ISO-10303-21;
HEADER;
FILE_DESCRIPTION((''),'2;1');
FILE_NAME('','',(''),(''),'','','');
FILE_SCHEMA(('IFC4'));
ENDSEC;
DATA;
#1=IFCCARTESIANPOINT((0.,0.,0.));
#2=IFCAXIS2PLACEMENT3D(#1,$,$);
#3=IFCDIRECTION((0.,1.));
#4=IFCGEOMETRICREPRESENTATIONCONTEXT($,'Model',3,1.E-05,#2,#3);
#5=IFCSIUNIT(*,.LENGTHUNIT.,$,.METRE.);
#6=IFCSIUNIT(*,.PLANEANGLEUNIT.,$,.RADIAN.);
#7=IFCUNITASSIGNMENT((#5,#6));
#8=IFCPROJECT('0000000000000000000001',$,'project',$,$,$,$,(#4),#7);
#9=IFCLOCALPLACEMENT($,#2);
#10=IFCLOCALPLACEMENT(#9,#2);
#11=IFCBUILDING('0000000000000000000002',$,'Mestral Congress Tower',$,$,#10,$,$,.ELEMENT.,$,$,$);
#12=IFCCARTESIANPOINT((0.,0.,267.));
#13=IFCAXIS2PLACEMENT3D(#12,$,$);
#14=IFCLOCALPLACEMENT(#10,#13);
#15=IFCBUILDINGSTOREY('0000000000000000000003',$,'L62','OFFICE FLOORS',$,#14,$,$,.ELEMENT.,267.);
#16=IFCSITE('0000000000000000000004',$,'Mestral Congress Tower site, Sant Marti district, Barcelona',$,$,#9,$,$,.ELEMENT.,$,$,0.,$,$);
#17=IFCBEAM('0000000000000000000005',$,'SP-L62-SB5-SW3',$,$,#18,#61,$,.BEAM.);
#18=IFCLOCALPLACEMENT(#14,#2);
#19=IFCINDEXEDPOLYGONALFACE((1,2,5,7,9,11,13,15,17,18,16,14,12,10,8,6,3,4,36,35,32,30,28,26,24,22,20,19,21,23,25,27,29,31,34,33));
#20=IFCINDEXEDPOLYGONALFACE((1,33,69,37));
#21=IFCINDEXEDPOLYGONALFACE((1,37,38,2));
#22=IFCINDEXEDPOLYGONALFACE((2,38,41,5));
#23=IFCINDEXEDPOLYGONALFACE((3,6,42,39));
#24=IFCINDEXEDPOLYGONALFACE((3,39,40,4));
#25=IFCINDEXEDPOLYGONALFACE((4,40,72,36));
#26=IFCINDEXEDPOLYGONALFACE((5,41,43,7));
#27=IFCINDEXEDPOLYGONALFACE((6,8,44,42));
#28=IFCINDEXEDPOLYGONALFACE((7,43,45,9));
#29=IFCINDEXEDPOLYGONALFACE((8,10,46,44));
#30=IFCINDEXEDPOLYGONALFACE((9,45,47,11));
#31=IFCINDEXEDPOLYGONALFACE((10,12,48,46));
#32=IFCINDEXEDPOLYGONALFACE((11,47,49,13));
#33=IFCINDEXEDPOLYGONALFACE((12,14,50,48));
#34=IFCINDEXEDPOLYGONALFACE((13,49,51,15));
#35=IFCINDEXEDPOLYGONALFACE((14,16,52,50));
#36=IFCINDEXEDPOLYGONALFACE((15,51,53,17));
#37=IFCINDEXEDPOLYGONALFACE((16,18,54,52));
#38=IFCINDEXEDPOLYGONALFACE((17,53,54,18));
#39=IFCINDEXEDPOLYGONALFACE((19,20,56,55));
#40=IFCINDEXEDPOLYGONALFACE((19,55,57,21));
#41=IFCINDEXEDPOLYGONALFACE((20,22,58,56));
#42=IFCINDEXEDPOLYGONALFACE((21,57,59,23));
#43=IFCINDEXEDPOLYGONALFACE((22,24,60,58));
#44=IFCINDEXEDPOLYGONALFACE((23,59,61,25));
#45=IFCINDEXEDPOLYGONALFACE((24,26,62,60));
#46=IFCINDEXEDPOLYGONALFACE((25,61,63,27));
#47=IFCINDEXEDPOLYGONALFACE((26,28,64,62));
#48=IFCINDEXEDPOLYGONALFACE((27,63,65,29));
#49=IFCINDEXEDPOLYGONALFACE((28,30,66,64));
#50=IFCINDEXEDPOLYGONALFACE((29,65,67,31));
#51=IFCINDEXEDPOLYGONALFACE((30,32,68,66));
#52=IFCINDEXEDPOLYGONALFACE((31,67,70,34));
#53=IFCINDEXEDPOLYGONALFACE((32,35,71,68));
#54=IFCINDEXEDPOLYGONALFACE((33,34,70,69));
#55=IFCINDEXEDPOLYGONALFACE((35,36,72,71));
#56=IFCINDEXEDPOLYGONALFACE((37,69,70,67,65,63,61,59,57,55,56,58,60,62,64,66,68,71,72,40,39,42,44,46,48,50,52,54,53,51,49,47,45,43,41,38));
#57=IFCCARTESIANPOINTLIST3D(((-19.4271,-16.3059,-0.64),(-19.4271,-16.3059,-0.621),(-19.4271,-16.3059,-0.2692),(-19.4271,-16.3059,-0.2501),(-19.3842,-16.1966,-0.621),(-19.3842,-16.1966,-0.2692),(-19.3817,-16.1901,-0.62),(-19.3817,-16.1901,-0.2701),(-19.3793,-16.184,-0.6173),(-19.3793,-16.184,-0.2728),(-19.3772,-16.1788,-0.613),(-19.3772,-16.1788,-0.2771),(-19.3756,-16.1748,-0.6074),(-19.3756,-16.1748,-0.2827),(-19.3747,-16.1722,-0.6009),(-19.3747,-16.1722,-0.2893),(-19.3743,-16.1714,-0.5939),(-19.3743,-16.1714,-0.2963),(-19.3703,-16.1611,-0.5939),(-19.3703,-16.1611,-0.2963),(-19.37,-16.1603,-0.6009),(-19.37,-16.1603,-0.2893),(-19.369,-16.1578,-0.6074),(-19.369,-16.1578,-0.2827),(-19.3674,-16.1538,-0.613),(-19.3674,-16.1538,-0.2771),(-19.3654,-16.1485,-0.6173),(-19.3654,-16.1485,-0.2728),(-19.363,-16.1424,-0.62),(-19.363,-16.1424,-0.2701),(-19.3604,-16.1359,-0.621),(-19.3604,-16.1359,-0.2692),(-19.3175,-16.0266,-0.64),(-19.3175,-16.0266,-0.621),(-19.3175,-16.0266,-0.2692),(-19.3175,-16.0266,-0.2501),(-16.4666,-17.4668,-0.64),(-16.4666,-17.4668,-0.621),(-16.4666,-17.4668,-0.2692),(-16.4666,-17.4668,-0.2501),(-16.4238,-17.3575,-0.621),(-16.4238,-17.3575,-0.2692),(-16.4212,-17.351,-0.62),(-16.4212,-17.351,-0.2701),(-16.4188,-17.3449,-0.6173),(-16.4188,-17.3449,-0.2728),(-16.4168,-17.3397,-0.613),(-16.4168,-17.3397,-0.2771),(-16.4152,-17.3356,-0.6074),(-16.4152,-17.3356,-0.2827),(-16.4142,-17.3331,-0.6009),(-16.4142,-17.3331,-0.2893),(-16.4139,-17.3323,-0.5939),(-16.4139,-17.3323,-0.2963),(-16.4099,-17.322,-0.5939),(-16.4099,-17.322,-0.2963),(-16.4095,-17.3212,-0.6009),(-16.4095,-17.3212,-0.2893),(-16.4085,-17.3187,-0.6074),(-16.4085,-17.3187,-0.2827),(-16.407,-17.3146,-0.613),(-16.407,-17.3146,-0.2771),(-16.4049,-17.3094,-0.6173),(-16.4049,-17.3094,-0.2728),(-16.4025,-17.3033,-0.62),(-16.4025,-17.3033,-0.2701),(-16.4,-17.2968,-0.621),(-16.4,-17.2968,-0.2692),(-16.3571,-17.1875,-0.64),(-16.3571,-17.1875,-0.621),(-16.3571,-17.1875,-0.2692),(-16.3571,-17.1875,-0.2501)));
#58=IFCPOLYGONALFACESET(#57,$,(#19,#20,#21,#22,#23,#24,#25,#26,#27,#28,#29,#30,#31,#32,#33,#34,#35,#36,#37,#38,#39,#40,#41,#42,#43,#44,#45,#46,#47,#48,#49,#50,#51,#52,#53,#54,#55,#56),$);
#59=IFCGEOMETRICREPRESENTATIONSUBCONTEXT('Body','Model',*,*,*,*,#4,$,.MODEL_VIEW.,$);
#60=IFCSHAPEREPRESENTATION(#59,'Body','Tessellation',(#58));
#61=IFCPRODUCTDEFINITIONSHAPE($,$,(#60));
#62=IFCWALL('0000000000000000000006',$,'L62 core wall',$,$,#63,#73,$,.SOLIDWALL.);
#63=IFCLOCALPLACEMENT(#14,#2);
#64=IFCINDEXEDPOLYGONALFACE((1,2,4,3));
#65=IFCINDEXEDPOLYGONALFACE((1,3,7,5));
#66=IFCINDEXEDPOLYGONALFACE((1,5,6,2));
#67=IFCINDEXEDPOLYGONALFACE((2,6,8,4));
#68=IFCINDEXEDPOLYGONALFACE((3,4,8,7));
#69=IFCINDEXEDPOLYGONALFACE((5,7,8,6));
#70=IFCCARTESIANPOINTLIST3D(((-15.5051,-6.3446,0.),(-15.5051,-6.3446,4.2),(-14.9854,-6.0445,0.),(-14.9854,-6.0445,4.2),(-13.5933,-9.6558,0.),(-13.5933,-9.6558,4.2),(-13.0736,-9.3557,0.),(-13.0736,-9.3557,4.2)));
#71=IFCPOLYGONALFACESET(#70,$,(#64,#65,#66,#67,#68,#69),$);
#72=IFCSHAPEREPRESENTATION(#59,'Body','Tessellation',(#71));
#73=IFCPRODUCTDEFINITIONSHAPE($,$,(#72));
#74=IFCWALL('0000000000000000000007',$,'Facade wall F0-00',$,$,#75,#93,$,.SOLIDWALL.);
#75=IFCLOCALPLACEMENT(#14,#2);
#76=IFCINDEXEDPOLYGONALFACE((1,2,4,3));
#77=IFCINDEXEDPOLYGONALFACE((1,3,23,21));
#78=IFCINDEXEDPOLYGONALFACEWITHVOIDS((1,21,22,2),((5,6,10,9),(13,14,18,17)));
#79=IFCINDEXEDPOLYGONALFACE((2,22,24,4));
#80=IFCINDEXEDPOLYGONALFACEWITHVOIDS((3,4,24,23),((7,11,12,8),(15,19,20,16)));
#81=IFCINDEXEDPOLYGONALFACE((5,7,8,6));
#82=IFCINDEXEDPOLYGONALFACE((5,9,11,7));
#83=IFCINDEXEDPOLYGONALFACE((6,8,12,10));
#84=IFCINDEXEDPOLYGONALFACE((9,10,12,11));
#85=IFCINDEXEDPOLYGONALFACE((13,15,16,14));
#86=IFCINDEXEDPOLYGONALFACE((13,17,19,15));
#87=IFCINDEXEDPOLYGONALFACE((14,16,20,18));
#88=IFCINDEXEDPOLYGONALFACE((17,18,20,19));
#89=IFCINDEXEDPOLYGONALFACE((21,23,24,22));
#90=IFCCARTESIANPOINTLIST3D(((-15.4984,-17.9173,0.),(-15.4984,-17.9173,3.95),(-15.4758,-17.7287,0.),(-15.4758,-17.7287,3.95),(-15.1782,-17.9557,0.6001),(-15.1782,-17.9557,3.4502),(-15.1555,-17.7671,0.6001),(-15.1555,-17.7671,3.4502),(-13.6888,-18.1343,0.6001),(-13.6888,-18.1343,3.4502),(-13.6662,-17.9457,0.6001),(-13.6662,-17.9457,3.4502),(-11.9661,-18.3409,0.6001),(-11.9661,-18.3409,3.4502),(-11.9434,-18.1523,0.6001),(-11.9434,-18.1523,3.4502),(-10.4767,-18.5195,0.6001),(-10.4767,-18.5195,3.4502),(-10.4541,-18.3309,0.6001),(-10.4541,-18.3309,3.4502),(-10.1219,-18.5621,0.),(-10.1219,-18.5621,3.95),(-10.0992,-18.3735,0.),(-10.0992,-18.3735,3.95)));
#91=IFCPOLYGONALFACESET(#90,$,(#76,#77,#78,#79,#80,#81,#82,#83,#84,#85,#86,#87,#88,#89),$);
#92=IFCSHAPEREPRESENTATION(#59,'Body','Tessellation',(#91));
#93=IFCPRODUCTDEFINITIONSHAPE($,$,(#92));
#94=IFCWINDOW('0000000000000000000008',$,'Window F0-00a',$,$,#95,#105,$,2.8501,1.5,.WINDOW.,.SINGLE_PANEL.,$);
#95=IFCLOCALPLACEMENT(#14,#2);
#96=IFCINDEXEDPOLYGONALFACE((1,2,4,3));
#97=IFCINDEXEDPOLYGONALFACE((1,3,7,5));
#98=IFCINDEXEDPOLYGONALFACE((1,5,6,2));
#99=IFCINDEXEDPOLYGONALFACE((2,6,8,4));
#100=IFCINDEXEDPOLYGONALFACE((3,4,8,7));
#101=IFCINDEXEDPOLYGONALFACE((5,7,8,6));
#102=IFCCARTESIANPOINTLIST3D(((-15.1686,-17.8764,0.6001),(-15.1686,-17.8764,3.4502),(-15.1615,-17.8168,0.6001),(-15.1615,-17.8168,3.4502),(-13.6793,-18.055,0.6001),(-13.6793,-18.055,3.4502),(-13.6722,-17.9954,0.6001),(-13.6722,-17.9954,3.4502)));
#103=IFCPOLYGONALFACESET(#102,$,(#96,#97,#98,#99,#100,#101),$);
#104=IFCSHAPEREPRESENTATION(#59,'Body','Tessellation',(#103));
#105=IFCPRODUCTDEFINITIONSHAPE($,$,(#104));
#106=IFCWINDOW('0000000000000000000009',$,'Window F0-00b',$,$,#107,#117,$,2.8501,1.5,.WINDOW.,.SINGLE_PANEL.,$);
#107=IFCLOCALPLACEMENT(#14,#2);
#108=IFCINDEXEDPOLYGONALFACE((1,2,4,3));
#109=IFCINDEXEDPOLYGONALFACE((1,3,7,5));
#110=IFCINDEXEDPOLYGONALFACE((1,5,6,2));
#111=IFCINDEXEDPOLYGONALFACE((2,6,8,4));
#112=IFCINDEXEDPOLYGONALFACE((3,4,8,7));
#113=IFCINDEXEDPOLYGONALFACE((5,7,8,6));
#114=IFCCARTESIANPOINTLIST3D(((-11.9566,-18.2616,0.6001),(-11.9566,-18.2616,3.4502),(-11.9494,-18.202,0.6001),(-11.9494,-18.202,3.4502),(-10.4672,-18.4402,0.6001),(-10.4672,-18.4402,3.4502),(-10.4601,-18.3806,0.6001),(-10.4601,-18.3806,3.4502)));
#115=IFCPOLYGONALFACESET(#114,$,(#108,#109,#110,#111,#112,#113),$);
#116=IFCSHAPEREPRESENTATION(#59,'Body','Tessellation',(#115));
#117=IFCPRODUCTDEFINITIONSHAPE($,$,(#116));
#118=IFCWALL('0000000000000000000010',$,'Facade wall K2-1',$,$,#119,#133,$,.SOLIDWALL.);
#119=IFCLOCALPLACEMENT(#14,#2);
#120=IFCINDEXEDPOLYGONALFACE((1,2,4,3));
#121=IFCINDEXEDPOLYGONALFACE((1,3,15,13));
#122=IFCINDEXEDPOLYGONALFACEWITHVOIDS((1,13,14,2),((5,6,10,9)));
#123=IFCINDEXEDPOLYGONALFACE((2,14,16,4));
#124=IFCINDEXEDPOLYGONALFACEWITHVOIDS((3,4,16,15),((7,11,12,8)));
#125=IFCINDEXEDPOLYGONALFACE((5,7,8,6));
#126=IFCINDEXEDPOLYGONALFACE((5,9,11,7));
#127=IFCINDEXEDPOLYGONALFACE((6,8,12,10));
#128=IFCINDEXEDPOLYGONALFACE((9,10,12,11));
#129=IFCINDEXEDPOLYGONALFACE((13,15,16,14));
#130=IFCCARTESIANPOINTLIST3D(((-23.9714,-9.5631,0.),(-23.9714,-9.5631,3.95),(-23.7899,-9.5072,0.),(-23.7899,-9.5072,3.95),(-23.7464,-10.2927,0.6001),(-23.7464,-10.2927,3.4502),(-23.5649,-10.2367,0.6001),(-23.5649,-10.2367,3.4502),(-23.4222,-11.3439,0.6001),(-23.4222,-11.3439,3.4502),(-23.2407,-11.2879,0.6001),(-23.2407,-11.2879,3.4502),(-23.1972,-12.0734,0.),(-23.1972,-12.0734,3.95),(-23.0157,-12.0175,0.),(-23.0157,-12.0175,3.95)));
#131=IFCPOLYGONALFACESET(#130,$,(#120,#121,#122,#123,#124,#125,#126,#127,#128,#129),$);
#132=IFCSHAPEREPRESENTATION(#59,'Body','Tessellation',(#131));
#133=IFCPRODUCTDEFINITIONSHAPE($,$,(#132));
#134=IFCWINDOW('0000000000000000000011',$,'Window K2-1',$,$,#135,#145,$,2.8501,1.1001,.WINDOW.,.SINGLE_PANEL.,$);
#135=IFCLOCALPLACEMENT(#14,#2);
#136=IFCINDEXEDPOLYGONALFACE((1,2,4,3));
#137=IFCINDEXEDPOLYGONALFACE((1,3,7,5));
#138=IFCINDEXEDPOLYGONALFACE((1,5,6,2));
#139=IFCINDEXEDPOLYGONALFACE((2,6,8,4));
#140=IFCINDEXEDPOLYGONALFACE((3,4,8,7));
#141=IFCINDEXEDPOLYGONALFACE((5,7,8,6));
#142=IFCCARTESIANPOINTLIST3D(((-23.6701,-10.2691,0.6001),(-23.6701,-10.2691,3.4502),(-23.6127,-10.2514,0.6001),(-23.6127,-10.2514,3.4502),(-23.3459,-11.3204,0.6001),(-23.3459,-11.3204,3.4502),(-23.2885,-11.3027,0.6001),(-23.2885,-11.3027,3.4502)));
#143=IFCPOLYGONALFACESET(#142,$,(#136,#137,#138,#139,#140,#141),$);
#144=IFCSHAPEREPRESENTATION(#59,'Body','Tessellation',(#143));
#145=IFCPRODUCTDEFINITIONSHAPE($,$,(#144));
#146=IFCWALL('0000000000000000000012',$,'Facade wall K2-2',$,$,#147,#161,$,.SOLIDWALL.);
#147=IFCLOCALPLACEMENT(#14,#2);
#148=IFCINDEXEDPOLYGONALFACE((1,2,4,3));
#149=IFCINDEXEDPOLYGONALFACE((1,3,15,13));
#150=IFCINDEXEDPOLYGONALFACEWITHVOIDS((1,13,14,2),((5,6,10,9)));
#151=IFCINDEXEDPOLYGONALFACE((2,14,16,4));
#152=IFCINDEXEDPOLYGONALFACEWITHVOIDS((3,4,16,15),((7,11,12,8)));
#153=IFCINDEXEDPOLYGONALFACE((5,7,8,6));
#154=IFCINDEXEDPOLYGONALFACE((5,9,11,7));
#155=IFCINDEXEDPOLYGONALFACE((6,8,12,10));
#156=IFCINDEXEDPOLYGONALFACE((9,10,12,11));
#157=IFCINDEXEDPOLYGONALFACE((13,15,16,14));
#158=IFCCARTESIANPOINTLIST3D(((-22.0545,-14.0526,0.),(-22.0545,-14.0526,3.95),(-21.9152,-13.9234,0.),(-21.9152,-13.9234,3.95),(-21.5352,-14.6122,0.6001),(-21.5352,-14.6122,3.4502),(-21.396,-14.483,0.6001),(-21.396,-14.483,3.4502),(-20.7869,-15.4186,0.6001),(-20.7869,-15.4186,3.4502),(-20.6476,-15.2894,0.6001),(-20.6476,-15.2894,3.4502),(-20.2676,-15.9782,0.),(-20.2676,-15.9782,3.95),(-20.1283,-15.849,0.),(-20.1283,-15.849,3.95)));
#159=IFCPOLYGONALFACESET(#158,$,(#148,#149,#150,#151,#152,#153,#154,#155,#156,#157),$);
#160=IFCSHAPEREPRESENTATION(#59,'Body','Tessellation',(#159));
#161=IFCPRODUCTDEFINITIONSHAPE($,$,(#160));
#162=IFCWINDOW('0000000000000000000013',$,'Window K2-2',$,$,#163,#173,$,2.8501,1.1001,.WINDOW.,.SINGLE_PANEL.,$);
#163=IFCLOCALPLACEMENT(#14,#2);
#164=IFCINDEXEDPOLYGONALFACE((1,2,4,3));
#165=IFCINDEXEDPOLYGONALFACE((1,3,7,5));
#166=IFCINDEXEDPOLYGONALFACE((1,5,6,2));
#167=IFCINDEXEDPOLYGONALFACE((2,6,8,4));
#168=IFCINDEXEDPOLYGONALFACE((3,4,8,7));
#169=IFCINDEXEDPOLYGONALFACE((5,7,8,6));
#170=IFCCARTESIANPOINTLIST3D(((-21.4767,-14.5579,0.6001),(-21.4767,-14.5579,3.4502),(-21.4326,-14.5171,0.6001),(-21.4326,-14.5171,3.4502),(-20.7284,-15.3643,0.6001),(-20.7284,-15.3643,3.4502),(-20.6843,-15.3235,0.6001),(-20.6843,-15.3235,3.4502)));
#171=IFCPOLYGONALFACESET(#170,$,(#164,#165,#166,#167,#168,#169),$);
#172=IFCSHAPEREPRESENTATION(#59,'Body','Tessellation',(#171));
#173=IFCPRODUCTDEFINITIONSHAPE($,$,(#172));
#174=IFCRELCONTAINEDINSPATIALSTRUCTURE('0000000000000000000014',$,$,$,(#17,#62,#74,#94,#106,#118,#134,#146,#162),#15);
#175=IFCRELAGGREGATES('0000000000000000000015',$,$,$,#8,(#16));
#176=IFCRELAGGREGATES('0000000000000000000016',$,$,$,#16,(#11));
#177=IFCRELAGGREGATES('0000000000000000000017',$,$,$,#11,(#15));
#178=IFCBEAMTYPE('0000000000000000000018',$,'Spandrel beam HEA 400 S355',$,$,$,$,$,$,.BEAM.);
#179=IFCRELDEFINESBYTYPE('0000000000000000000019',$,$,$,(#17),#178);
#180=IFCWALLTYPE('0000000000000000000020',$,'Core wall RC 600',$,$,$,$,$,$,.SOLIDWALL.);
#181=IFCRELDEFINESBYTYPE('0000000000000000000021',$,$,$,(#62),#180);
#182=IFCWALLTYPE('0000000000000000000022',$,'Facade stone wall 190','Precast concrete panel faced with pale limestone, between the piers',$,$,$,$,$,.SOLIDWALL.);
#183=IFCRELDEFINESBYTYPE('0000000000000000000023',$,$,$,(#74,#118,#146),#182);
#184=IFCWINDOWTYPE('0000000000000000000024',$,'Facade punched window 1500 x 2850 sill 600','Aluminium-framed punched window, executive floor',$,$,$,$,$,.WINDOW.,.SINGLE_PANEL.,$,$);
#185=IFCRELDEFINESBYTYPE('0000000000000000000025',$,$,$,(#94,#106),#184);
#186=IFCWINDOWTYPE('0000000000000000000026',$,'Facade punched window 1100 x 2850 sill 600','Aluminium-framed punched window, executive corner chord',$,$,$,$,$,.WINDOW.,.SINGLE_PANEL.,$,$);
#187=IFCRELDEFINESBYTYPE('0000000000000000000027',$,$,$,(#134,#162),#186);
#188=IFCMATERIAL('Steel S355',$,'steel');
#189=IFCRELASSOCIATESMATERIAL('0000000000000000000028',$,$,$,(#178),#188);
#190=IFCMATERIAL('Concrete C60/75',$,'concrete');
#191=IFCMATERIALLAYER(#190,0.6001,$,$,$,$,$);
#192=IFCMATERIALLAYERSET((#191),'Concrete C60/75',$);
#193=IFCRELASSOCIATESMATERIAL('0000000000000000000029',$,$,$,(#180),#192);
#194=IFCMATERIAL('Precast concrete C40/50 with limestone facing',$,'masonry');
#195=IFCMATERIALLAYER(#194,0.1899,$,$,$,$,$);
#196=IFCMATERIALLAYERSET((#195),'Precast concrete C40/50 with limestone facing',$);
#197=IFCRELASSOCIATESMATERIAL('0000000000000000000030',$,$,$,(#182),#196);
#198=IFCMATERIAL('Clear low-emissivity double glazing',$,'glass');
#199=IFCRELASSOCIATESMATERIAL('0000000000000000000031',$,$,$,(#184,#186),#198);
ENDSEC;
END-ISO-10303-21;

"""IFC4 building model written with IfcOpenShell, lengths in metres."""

from ifc_helpers import new_model, si_unit, direction, frame, frame_2d, origin, origin_2d, place, context, subcontext, project, spatial, rectangle, i_section, extrude, material, layer, layer_set, material_profile, profile_set, type_object, element, fill, save


model = new_model("IFC4")

# Units and contexts
model_context = context("Model", 3, precision=1e-05, world=origin(), true_north=direction((0.0, 1.0)))
body_context = subcontext(model_context, "Body", "Model", "MODEL_VIEW")
ifc_project = project(units=[si_unit("LENGTHUNIT", "METRE"), si_unit("PLANEANGLEUNIT", "RADIAN")], contexts=[model_context])

# Site, building, storey
site_placement = place(None, origin())
site = spatial("IfcSite", under=ifc_project, at=site_placement, Name="Mestral Congress Tower site, Sant Marti district, Barcelona", CompositionType="ELEMENT", RefElevation=0.0)
building_placement = place(site_placement, origin())
building = spatial("IfcBuilding", under=site, at=building_placement, Name="Mestral Congress Tower", CompositionType="ELEMENT")
storey_placement = place(building_placement, frame((0.0, 0.0, 267.0)))
storey = spatial("IfcBuildingStorey", under=building, at=storey_placement, Name="L62", Description="OFFICE FLOORS", CompositionType="ELEMENT", Elevation=267.0)

# Shared definitions
ifc_material_1 = material(Name="Concrete C60/75", Category="concrete")

# Beam
ifc_material_2 = material(Name="Steel S355", Category="steel")
ifc_material_profile_1 = material_profile(ifc_material_2, i_section(OverallWidth=0.3, OverallDepth=0.3899, WebThickness=0.011, FlangeThickness=0.019, FilletRadius=0.0271, at=origin_2d()), Name="HEA 400")
ifc_profile_set_1 = profile_set([ifc_material_profile_1], Name="Steel S355")
beam_type_1 = type_object("IfcBeamType", Name="Spandrel beam HEA 400 S355", PredefinedType="BEAM", material=ifc_profile_set_1)
beam_1_placement = place(storey_placement, frame((-19.3723, -16.1663, -0.4451), z_axis=(0.930981, -0.365068, 0.0), x_axis=(0.365068, 0.930981, 0.0)))
element("IfcBeam", 1, at=beam_1_placement, inside=storey, type_object=beam_type_1, Name="SP-L62-SB5-SW3", PredefinedType="BEAM", context=body_context, shape_type="SweptSolid", body=[
    extrude(i_section(OverallWidth=0.3, OverallDepth=0.3899, WebThickness=0.011, FlangeThickness=0.019, FilletRadius=0.0271, at=origin_2d()), origin(), (0.0, 0.0, 1.0), 3.1799),
])

# Wall
ifc_layer_1 = layer(ifc_material_1, 0.6001)
ifc_layer_set_1 = layer_set([ifc_layer_1], Name="Concrete C60/75")
wall_type_1 = type_object("IfcWallType", Name="Core wall RC 600", PredefinedType="SOLIDWALL", material=ifc_layer_set_1)
wall_1_placement = place(storey_placement, frame((-13.3335, -9.5056, 0.0), z_axis=(0.0, 0.0, 1.0), x_axis=(-0.500019, 0.866014, 0.0)))
element("IfcWall", 2, at=wall_1_placement, inside=storey, type_object=wall_type_1, Name="L62 core wall", PredefinedType="SOLIDWALL", context=body_context, shape_type="SweptSolid", body=[
    extrude(rectangle(XDim=3.8235, YDim=0.6001, at=frame_2d((1.9116, 0.0))), origin(), (0.0, 0.0, 1.0), 4.2),
])

# Wall, openings, windows
ifc_material_3 = material(Name="Precast concrete C40/50 with limestone facing", Category="masonry")
ifc_layer_2 = layer(ifc_material_3, 0.1899)
ifc_layer_set_2 = layer_set([ifc_layer_2], Name="Precast concrete C40/50 with limestone facing")
wall_type_2 = type_object("IfcWallType", Name="Facade stone wall 190", Description="Precast concrete panel faced with pale limestone, between the piers", PredefinedType="SOLIDWALL", material=ifc_layer_set_2)
wall_2_placement = place(storey_placement, frame((-15.4871, -17.823, 0.0), z_axis=(0.0, 0.0, 1.0), x_axis=(0.992886, -0.119072, 0.0)))
wall_2 = element("IfcWall", 3, at=wall_2_placement, inside=storey, type_object=wall_type_2, Name="Facade wall F0-00", PredefinedType="SOLIDWALL", context=body_context, shape_type="SweptSolid", body=[
    extrude(rectangle(XDim=5.415, YDim=0.1899, at=frame_2d((2.7075, 0.0))), origin(), (0.0, 0.0, 1.0), 3.95),
])
opening_1_placement = place(wall_2_placement, frame((0.3225, 0.0, 0.6001)))
opening_1 = element("IfcOpeningElement", 4, at=opening_1_placement, cuts=wall_2, PredefinedType="OPENING", context=body_context, shape_type="SweptSolid", body=[
    extrude(rectangle(XDim=1.5, YDim=2.8501, at=frame_2d((0.75, 1.425))), frame((0.0, 0.105, 0.0), z_axis=(0.0, -1.0, 0.0), x_axis=(1.0, 0.0, 0.0)), (0.0, 0.0, 1.0), 0.21),
])
opening_2_placement = place(wall_2_placement, frame((3.5576, 0.0, 0.6001)))
opening_2 = element("IfcOpeningElement", 5, at=opening_2_placement, cuts=wall_2, PredefinedType="OPENING", context=body_context, shape_type="SweptSolid", body=[
    extrude(rectangle(XDim=1.5, YDim=2.8501, at=frame_2d((0.75, 1.425))), frame((0.0, 0.105, 0.0), z_axis=(0.0, -1.0, 0.0), x_axis=(1.0, 0.0, 0.0)), (0.0, 0.0, 1.0), 0.21),
])
ifc_material_4 = material(Name="Clear low-emissivity double glazing", Category="glass")
window_type_1 = type_object("IfcWindowType", Name="Facade punched window 1500 x 2850 sill 600", Description="Aluminium-framed punched window, executive floor", PartitioningType="SINGLE_PANEL", PredefinedType="WINDOW", material=ifc_material_4)
window_1_placement = place(opening_1_placement, origin())
window_1 = element("IfcWindow", 6, at=window_1_placement, inside=storey, type_object=window_type_1, Name="Window F0-00a", OverallHeight=2.8501, OverallWidth=1.5, PartitioningType="SINGLE_PANEL", PredefinedType="WINDOW", context=body_context, shape_type="SweptSolid", body=[
    extrude(rectangle(XDim=1.5, YDim=2.8501, at=frame_2d((0.75, 1.425))), frame((0.0, 0.0449, 0.0), z_axis=(0.0, -1.0, 0.0), x_axis=(1.0, 0.0, 0.0)), (0.0, 0.0, 1.0), 0.0601),
])
fill(opening_1, window_1)
window_2_placement = place(opening_2_placement, origin())
window_2 = element("IfcWindow", 7, at=window_2_placement, inside=storey, type_object=window_type_1, Name="Window F0-00b", OverallHeight=2.8501, OverallWidth=1.5, PartitioningType="SINGLE_PANEL", PredefinedType="WINDOW", context=body_context, shape_type="SweptSolid", body=[
    extrude(rectangle(XDim=1.5, YDim=2.8501, at=frame_2d((0.75, 1.425))), frame((0.0, 0.0449, 0.0), z_axis=(0.0, -1.0, 0.0), x_axis=(1.0, 0.0, 0.0)), (0.0, 0.0, 1.0), 0.0601),
])
fill(opening_2, window_2)

# Walls, openings, windows
wall_3_placement = place(storey_placement, frame((-23.8806, -9.5352, 0.0), z_axis=(0.0, 0.0, 1.0), x_axis=(0.294706, -0.955588, 0.0)))
wall_3 = element("IfcWall", 8, at=wall_3_placement, inside=storey, type_object=wall_type_2, Name="Facade wall K2-1", PredefinedType="SOLIDWALL", context=body_context, shape_type="SweptSolid", body=[
    extrude(rectangle(XDim=2.627, YDim=0.1899, at=frame_2d((1.3135, 0.0))), origin(), (0.0, 0.0, 1.0), 3.95),
])
opening_3_placement = place(wall_3_placement, frame((0.7634, 0.0, 0.6001)))
opening_3 = element("IfcOpeningElement", 9, at=opening_3_placement, cuts=wall_3, PredefinedType="OPENING", context=body_context, shape_type="SweptSolid", body=[
    extrude(rectangle(XDim=1.1001, YDim=2.8501, at=frame_2d((0.55, 1.425))), frame((0.0, 0.105, 0.0), z_axis=(0.0, -1.0, 0.0), x_axis=(1.0, 0.0, 0.0)), (0.0, 0.0, 1.0), 0.21),
])
window_type_2 = type_object("IfcWindowType", Name="Facade punched window 1100 x 2850 sill 600", Description="Aluminium-framed punched window, executive corner chord", PartitioningType="SINGLE_PANEL", PredefinedType="WINDOW", material=ifc_material_4)
window_3_placement = place(opening_3_placement, origin())
window_3 = element("IfcWindow", 10, at=window_3_placement, inside=storey, type_object=window_type_2, Name="Window K2-1", OverallHeight=2.8501, OverallWidth=1.1001, PartitioningType="SINGLE_PANEL", PredefinedType="WINDOW", context=body_context, shape_type="SweptSolid", body=[
    extrude(rectangle(XDim=1.1001, YDim=2.8501, at=frame_2d((0.55, 1.425))), frame((0.0, 0.0449, 0.0), z_axis=(0.0, -1.0, 0.0), x_axis=(1.0, 0.0, 0.0)), (0.0, 0.0, 1.0), 0.0601),
])
fill(opening_3, window_3)
wall_4_placement = place(storey_placement, frame((-21.9849, -13.988, 0.0), z_axis=(0.0, 0.0, 1.0), x_axis=(0.680219, -0.733009, 0.0)))
wall_4 = element("IfcWall", 11, at=wall_4_placement, inside=storey, type_object=wall_type_2, Name="Facade wall K2-2", PredefinedType="SOLIDWALL", context=body_context, shape_type="SweptSolid", body=[
    extrude(rectangle(XDim=2.627, YDim=0.1899, at=frame_2d((1.3135, 0.0))), origin(), (0.0, 0.0, 1.0), 3.95),
])
opening_4_placement = place(wall_4_placement, frame((0.7634, 0.0, 0.6001)))
opening_4 = element("IfcOpeningElement", 12, at=opening_4_placement, cuts=wall_4, PredefinedType="OPENING", context=body_context, shape_type="SweptSolid", body=[
    extrude(rectangle(XDim=1.1001, YDim=2.8501, at=frame_2d((0.55, 1.425))), frame((0.0, 0.105, 0.0), z_axis=(0.0, -1.0, 0.0), x_axis=(1.0, 0.0, 0.0)), (0.0, 0.0, 1.0), 0.21),
])
window_4_placement = place(opening_4_placement, origin())
window_4 = element("IfcWindow", 13, at=window_4_placement, inside=storey, type_object=window_type_2, Name="Window K2-2", OverallHeight=2.8501, OverallWidth=1.1001, PartitioningType="SINGLE_PANEL", PredefinedType="WINDOW", context=body_context, shape_type="SweptSolid", body=[
    extrude(rectangle(XDim=1.1001, YDim=2.8501, at=frame_2d((0.55, 1.425))), frame((0.0, 0.0449, 0.0), z_axis=(0.0, -1.0, 0.0), x_axis=(1.0, 0.0, 0.0)), (0.0, 0.0, 1.0), 0.0601),
])
fill(opening_4, window_4)

save(model, "model.ifc")
